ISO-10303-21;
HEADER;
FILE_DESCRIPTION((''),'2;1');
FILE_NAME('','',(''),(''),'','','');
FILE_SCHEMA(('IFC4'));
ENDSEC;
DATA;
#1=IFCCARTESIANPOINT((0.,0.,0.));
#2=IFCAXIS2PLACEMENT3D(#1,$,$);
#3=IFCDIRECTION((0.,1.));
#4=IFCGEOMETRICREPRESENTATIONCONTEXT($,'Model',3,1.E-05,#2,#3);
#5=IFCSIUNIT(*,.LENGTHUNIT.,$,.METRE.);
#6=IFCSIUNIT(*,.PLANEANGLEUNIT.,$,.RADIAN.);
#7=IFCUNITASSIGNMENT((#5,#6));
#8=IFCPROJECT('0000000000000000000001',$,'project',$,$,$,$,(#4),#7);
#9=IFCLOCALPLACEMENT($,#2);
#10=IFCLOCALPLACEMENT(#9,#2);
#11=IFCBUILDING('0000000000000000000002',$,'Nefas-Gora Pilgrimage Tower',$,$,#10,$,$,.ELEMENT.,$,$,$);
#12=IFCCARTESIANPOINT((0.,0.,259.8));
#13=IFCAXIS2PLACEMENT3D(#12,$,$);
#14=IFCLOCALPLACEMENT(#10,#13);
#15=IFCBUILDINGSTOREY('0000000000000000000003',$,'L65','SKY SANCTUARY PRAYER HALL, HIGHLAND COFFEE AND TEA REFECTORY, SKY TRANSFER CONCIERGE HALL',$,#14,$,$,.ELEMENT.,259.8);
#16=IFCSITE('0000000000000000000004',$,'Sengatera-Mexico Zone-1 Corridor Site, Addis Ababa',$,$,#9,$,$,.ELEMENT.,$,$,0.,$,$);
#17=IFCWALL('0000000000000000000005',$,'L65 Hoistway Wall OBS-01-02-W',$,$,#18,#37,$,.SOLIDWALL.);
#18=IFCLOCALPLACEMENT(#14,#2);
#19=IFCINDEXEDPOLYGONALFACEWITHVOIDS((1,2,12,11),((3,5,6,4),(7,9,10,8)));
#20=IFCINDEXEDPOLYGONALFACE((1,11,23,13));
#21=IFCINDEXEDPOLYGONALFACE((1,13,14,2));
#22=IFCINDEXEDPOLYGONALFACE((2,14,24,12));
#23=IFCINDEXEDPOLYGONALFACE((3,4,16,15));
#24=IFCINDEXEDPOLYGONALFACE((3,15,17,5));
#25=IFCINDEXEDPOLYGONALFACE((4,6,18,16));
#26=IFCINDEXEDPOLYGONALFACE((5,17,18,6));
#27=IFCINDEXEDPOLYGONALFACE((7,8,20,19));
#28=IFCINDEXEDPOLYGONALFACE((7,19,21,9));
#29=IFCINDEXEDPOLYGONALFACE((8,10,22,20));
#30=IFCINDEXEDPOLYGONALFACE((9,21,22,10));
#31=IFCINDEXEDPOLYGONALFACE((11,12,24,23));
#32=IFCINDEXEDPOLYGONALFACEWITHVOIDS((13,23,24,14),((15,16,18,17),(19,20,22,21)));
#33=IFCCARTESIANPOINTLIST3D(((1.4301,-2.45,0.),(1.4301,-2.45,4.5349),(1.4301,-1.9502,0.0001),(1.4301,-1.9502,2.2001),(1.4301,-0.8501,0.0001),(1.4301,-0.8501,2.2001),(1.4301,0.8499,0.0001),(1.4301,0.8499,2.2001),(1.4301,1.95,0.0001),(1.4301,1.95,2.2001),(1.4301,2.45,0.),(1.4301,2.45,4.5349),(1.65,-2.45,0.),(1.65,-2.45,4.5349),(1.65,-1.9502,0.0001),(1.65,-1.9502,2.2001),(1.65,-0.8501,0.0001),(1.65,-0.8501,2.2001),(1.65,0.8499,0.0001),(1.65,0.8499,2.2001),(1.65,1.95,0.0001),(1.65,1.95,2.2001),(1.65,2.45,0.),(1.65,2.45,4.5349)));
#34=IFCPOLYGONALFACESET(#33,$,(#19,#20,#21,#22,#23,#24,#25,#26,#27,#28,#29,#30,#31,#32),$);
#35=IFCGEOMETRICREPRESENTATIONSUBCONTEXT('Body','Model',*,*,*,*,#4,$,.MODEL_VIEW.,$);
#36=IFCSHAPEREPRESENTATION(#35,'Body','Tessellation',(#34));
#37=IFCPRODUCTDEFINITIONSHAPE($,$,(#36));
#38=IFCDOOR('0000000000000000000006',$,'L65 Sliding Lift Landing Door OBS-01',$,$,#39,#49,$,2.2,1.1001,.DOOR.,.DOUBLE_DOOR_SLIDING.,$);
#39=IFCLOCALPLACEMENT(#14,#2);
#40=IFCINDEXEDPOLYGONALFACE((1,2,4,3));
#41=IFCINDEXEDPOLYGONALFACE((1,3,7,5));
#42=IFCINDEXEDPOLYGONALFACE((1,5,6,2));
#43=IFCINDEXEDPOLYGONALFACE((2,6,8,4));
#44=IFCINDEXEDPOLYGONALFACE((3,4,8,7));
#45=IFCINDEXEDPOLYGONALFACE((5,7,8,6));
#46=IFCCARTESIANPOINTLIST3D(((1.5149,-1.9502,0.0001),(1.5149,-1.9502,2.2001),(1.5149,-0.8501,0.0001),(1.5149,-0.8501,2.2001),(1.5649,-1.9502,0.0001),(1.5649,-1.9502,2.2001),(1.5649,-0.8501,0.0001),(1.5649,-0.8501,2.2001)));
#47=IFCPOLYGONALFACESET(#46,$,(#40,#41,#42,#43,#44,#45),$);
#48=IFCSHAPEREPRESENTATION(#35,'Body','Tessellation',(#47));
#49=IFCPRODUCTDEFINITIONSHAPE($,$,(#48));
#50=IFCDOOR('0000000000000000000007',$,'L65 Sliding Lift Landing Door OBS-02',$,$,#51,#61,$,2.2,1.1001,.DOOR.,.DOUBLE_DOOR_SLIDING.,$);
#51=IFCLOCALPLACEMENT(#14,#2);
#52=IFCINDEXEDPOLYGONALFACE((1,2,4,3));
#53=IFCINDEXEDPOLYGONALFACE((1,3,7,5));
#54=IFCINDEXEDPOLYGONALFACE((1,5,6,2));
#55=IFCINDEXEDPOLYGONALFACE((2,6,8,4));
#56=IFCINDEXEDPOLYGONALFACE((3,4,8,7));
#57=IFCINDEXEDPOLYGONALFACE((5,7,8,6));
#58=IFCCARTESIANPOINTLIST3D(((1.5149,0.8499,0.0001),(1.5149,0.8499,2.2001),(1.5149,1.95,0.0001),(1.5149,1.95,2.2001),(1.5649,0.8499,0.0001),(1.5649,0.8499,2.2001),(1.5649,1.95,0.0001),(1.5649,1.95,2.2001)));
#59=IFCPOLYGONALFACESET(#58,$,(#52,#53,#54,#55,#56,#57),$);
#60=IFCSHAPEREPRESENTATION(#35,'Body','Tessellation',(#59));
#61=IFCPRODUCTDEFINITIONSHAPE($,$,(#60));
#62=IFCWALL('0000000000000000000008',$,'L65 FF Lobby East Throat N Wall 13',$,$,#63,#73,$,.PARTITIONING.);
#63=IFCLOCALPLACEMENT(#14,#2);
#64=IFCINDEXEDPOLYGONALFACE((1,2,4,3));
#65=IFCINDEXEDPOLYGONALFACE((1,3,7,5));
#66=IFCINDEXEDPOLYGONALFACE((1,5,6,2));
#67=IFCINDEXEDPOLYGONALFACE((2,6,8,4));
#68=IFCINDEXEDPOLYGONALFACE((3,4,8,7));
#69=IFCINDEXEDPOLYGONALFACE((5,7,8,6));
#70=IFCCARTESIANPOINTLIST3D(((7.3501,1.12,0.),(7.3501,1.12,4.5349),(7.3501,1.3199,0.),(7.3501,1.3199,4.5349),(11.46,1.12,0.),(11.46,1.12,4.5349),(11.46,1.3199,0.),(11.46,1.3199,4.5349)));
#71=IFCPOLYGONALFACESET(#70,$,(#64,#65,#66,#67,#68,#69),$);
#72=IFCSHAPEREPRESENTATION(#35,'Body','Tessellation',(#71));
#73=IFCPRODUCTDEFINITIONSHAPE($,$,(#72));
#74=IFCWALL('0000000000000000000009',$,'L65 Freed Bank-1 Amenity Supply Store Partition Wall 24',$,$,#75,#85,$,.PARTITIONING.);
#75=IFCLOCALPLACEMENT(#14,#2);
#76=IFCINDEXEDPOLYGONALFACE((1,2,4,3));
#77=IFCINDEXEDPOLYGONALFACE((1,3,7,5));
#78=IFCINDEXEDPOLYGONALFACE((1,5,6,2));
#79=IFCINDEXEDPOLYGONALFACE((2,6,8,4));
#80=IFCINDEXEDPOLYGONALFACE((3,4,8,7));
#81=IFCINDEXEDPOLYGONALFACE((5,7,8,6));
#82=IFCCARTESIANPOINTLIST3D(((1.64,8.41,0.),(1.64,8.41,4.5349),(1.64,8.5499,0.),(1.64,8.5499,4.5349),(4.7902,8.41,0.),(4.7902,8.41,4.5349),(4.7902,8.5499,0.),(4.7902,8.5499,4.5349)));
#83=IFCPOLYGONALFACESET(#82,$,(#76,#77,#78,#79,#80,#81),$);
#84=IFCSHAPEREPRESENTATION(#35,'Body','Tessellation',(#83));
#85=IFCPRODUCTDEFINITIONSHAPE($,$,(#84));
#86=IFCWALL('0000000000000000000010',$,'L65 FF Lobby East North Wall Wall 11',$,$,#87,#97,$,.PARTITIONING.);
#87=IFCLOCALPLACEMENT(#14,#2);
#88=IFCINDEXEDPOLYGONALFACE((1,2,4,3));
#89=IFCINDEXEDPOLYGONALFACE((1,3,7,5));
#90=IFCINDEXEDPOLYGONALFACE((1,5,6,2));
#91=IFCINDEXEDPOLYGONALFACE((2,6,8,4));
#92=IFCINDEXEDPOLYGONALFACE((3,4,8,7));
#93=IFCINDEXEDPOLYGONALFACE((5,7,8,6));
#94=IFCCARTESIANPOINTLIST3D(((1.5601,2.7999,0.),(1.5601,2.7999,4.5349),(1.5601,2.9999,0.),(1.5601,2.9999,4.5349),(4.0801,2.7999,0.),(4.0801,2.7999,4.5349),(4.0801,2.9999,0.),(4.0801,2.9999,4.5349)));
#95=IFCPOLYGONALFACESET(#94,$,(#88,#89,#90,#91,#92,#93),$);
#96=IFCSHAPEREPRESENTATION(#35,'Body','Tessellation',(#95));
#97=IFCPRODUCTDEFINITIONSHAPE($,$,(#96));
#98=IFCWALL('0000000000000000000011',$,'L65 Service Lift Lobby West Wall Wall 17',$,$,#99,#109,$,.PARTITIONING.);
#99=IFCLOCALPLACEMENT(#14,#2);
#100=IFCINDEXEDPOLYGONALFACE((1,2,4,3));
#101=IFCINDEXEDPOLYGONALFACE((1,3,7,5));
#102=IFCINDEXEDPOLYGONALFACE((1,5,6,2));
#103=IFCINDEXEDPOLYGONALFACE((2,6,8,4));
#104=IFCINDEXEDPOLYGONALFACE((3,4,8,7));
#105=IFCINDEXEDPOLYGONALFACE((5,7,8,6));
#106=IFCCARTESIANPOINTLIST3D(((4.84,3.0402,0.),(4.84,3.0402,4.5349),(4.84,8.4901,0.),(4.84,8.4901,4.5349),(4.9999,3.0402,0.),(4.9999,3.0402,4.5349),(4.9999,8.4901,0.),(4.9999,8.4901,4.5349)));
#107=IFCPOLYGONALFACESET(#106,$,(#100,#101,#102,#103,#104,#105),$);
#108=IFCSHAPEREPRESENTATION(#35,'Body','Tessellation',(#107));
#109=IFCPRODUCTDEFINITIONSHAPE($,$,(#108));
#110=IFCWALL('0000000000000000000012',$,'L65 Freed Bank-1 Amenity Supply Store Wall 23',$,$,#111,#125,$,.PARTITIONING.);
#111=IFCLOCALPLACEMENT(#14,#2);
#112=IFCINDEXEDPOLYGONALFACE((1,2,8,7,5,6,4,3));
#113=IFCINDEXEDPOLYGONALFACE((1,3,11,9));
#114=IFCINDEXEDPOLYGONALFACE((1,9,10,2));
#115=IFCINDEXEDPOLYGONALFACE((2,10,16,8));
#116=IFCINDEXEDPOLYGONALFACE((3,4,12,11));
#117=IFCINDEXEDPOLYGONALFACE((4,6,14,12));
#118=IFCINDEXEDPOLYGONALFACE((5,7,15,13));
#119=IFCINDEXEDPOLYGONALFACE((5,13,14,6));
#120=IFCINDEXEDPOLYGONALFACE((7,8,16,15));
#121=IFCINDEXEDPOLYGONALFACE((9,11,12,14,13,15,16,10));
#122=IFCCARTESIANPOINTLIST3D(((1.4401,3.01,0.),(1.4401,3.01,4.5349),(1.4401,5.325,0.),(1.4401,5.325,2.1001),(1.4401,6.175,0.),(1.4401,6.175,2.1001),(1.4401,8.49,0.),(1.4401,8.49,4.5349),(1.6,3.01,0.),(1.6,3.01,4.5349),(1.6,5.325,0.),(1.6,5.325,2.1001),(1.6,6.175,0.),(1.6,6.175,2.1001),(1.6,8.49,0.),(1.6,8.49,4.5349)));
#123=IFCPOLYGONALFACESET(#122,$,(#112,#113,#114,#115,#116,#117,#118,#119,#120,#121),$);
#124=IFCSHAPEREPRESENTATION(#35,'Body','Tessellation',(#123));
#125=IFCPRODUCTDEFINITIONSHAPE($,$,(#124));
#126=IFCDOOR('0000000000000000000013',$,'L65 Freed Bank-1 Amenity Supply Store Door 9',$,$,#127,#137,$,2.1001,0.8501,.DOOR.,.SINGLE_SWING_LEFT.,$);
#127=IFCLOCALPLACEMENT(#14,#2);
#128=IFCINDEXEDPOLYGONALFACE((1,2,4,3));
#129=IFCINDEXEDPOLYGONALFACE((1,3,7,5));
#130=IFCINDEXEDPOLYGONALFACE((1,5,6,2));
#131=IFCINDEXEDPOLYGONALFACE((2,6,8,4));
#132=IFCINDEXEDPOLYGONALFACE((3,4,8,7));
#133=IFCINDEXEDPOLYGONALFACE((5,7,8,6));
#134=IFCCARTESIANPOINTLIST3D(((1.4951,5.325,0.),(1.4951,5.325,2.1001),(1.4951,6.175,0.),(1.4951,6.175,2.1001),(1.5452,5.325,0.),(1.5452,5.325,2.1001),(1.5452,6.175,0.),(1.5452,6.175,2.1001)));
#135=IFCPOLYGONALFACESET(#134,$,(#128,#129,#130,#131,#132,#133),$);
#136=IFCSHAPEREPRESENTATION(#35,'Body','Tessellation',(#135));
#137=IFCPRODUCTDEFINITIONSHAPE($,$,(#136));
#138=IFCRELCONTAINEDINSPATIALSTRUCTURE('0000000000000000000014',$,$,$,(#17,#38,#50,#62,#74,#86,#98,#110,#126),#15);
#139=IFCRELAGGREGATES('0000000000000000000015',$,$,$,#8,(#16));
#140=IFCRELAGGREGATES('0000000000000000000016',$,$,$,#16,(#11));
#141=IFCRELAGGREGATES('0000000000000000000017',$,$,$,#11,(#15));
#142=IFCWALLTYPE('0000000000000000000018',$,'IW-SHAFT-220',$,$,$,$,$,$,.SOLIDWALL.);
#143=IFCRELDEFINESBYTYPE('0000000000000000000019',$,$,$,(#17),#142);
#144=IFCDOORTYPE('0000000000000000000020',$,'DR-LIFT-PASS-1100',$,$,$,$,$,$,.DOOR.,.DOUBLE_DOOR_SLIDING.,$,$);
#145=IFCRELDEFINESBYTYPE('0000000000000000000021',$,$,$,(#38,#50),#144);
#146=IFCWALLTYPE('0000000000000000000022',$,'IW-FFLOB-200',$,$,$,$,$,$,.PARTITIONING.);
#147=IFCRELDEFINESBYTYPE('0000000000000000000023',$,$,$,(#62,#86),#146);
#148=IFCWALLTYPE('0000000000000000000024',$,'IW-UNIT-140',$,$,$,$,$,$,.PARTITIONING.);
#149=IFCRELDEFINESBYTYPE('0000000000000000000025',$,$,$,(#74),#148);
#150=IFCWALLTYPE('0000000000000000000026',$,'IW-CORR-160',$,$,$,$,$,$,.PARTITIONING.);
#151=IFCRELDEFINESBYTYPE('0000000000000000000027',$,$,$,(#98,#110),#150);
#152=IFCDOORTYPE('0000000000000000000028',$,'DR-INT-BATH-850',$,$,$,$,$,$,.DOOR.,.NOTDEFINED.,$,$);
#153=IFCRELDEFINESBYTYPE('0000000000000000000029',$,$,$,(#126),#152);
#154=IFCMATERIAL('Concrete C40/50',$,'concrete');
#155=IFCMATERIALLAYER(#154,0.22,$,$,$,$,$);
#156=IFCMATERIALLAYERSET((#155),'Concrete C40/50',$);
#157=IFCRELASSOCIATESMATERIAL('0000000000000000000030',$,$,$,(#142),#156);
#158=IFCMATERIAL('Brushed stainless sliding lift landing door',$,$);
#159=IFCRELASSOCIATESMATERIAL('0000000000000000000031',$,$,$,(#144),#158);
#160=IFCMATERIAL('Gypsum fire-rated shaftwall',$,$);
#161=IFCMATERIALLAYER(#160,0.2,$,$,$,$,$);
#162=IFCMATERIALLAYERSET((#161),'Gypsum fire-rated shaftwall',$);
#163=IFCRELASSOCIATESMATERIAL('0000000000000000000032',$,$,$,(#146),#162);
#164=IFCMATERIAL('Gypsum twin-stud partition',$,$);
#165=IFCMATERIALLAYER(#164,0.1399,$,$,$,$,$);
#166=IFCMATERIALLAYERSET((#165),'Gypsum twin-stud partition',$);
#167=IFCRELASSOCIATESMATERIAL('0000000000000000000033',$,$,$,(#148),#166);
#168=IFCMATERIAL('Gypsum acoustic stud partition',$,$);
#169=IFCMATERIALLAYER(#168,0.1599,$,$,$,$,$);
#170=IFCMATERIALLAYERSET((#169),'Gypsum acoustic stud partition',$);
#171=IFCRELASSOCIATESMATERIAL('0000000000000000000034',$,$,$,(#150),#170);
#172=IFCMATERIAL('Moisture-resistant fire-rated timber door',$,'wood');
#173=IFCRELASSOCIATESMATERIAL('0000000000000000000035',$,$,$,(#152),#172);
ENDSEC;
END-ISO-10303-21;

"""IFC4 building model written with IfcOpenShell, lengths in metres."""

from ifc_helpers import new_model, si_unit, direction, frame, frame_2d, origin, place, context, subcontext, project, spatial, rectangle, extrude, source, transform, mapped, material, layer, layer_set, type_object, element, fill, save


model = new_model("IFC4")

# Units and contexts
model_context = context("Model", 3, precision=1e-05, world=origin(), true_north=direction((0.0, 1.0)))
body_context = subcontext(model_context, "Body", "Model", "MODEL_VIEW")
ifc_project = project(units=[si_unit("LENGTHUNIT", "METRE"), si_unit("PLANEANGLEUNIT", "RADIAN")], contexts=[model_context])

# Site, building, storey
site_placement = place(None, origin())
site = spatial("IfcSite", under=ifc_project, at=site_placement, Name="Sengatera-Mexico Zone-1 Corridor Site, Addis Ababa", CompositionType="ELEMENT", RefElevation=0.0)
building_placement = place(site_placement, origin())
building = spatial("IfcBuilding", under=site, at=building_placement, Name="Nefas-Gora Pilgrimage Tower", CompositionType="ELEMENT")
storey_placement = place(building_placement, frame((0.0, 0.0, 259.8)))
storey = spatial("IfcBuildingStorey", under=building, at=storey_placement, Name="L65", Description="SKY SANCTUARY PRAYER HALL, HIGHLAND COFFEE AND TEA REFECTORY, SKY TRANSFER CONCIERGE HALL", CompositionType="ELEMENT", Elevation=259.8)

# Shared definitions
ifc_material_1 = material(Name="Concrete C40/50", Category="concrete")

# Shared definitions
ifc_layer_1 = layer(ifc_material_1, 0.22)
ifc_layer_set_1 = layer_set([ifc_layer_1], Name="Concrete C40/50")
wall_type_1 = type_object("IfcWallType", Name="IW-SHAFT-220", PredefinedType="SOLIDWALL", material=ifc_layer_set_1)

# Wall, openings, doors
shared_shape_1 = source(origin(), body_context, "Body", "SweptSolid", [
    extrude(rectangle(XDim=4.8999, YDim=0.22, at=frame_2d((2.45, 0.0))), origin(), (0.0, 0.0, 1.0), 4.5349),
])
wall_1_placement = place(storey_placement, frame((1.54, 2.45, 0.0), z_axis=(0.0, 0.0, 1.0), x_axis=(0.0, -1.0, 0.0)))
wall_1 = element("IfcWall", 1, at=wall_1_placement, inside=storey, type_object=wall_type_1, Name="L65 Hoistway Wall OBS-01-02-W", PredefinedType="SOLIDWALL", context=body_context, shape_type="MappedRepresentation", body=[
    mapped(shared_shape_1, transform((0.0, 0.0, 0.0), x_axis=(1.0, 0.0, 0.0), y_axis=(0.0, 1.0, 0.0), z_axis=(0.0, 0.0, 1.0), scale=1.0)),
])
opening_1_placement = place(wall_1_placement, frame((3.3, 0.0, 0.0)))
opening_1 = element("IfcOpeningElement", 2, at=opening_1_placement, cuts=wall_1, PredefinedType="OPENING", context=body_context, shape_type="SweptSolid", body=[
    extrude(rectangle(XDim=1.1001, YDim=2.2, at=frame_2d((0.55, 1.1001))), frame((0.0, 0.1199, 0.0), z_axis=(0.0, -1.0, 0.0), x_axis=(1.0, 0.0, 0.0)), (0.0, 0.0, 1.0), 0.24),
])
opening_2_placement = place(wall_1_placement, frame((0.5, 0.0, 0.0)))
opening_2 = element("IfcOpeningElement", 3, at=opening_2_placement, cuts=wall_1, PredefinedType="OPENING", context=body_context, shape_type="SweptSolid", body=[
    extrude(rectangle(XDim=1.1001, YDim=2.2, at=frame_2d((0.55, 1.1001))), frame((0.0, 0.1199, 0.0), z_axis=(0.0, -1.0, 0.0), x_axis=(1.0, 0.0, 0.0)), (0.0, 0.0, 1.0), 0.24),
])
ifc_material_2 = material(Name="Brushed stainless sliding lift landing door")
door_type_1 = type_object("IfcDoorType", Name="DR-LIFT-PASS-1100", OperationType="DOUBLE_DOOR_SLIDING", PredefinedType="DOOR", material=ifc_material_2)
shared_shape_2 = source(origin(), body_context, "Body", "SweptSolid", [
    extrude(rectangle(XDim=1.1001, YDim=2.2, at=frame_2d((0.55, 1.1001))), frame((0.0, 0.0249, 0.0), z_axis=(0.0, -1.0, 0.0), x_axis=(1.0, 0.0, 0.0)), (0.0, 0.0, 1.0), 0.05),
])
door_1_placement = place(opening_1_placement, origin())
door_1 = element("IfcDoor", 4, at=door_1_placement, inside=storey, type_object=door_type_1, Name="L65 Sliding Lift Landing Door OBS-01", OperationType="DOUBLE_DOOR_SLIDING", OverallHeight=2.2, OverallWidth=1.1001, PredefinedType="DOOR", context=body_context, shape_type="MappedRepresentation", body=[
    mapped(shared_shape_2, transform((0.0, 0.0, 0.0), x_axis=(1.0, 0.0, 0.0), y_axis=(0.0, 1.0, 0.0), z_axis=(0.0, 0.0, 1.0), scale=1.0)),
])
fill(opening_1, door_1)
door_2_placement = place(opening_2_placement, origin())
door_2 = element("IfcDoor", 5, at=door_2_placement, inside=storey, type_object=door_type_1, Name="L65 Sliding Lift Landing Door OBS-02", OperationType="DOUBLE_DOOR_SLIDING", OverallHeight=2.2, OverallWidth=1.1001, PredefinedType="DOOR", context=body_context, shape_type="MappedRepresentation", body=[
    mapped(shared_shape_2, transform((0.0, 0.0, 0.0), x_axis=(1.0, 0.0, 0.0), y_axis=(0.0, 1.0, 0.0), z_axis=(0.0, 0.0, 1.0), scale=1.0)),
])
fill(opening_2, door_2)

# Shared definitions
ifc_material_3 = material(Name="Gypsum fire-rated shaftwall")
ifc_layer_2 = layer(ifc_material_3, 0.2)
ifc_layer_set_2 = layer_set([ifc_layer_2], Name="Gypsum fire-rated shaftwall")
wall_type_2 = type_object("IfcWallType", Name="IW-FFLOB-200", PredefinedType="PARTITIONING", material=ifc_layer_set_2)

# Walls
shared_shape_3 = source(origin(), body_context, "Body", "SweptSolid", [
    extrude(rectangle(XDim=4.1099, YDim=0.2, at=frame_2d((2.0549, 0.0))), origin(), (0.0, 0.0, 1.0), 4.5349),
])
wall_2_placement = place(storey_placement, frame((7.3501, 1.22, 0.0), z_axis=(0.0, 0.0, 1.0), x_axis=(1.0, 0.0, 0.0)))
element("IfcWall", 6, at=wall_2_placement, inside=storey, type_object=wall_type_2, Name="L65 FF Lobby East Throat N Wall 13", PredefinedType="PARTITIONING", context=body_context, shape_type="MappedRepresentation", body=[
    mapped(shared_shape_3, transform((0.0, 0.0, 0.0), x_axis=(1.0, 0.0, 0.0), y_axis=(0.0, 1.0, 0.0), z_axis=(0.0, 0.0, 1.0), scale=1.0)),
])
ifc_material_4 = material(Name="Gypsum twin-stud partition")
ifc_layer_3 = layer(ifc_material_4, 0.1399)
ifc_layer_set_3 = layer_set([ifc_layer_3], Name="Gypsum twin-stud partition")
wall_type_3 = type_object("IfcWallType", Name="IW-UNIT-140", PredefinedType="PARTITIONING", material=ifc_layer_set_3)
shared_shape_4 = source(origin(), body_context, "Body", "SweptSolid", [
    extrude(rectangle(XDim=3.1501, YDim=0.1399, at=frame_2d((1.5752, 0.0))), origin(), (0.0, 0.0, 1.0), 4.5349),
])
wall_3_placement = place(storey_placement, frame((1.6399, 8.48, 0.0), z_axis=(0.0, 0.0, 1.0), x_axis=(1.0, 0.0, 0.0)))
element("IfcWall", 7, at=wall_3_placement, inside=storey, type_object=wall_type_3, Name="L65 Freed Bank-1 Amenity Supply Store Partition Wall 24", PredefinedType="PARTITIONING", context=body_context, shape_type="MappedRepresentation", body=[
    mapped(shared_shape_4, transform((0.0, 0.0, 0.0), x_axis=(1.0, 0.0, 0.0), y_axis=(0.0, 1.0, 0.0), z_axis=(0.0, 0.0, 1.0), scale=1.0)),
])
shared_shape_5 = source(origin(), body_context, "Body", "SweptSolid", [
    extrude(rectangle(XDim=2.52, YDim=0.2, at=frame_2d((1.26, 0.0))), origin(), (0.0, 0.0, 1.0), 4.5349),
])
wall_4_placement = place(storey_placement, frame((1.5601, 2.8999, 0.0), z_axis=(0.0, 0.0, 1.0), x_axis=(1.0, 0.0, 0.0)))
element("IfcWall", 8, at=wall_4_placement, inside=storey, type_object=wall_type_2, Name="L65 FF Lobby East North Wall Wall 11", PredefinedType="PARTITIONING", context=body_context, shape_type="MappedRepresentation", body=[
    mapped(shared_shape_5, transform((0.0, 0.0, 0.0), x_axis=(1.0, 0.0, 0.0), y_axis=(0.0, 1.0, 0.0), z_axis=(0.0, 0.0, 1.0), scale=1.0)),
])
ifc_material_5 = material(Name="Gypsum acoustic stud partition")
ifc_layer_4 = layer(ifc_material_5, 0.1599)
ifc_layer_set_4 = layer_set([ifc_layer_4], Name="Gypsum acoustic stud partition")
wall_type_4 = type_object("IfcWallType", Name="IW-CORR-160", PredefinedType="PARTITIONING", material=ifc_layer_set_4)
shared_shape_6 = source(origin(), body_context, "Body", "SweptSolid", [
    extrude(rectangle(XDim=5.45, YDim=0.1599, at=frame_2d((2.7251, 0.0))), origin(), (0.0, 0.0, 1.0), 4.5349),
])
wall_5_placement = place(storey_placement, frame((4.9199, 3.04, 0.0), z_axis=(0.0, 0.0, 1.0), x_axis=(0.0, 1.0, 0.0)))
element("IfcWall", 9, at=wall_5_placement, inside=storey, type_object=wall_type_4, Name="L65 Service Lift Lobby West Wall Wall 17", PredefinedType="PARTITIONING", context=body_context, shape_type="MappedRepresentation", body=[
    mapped(shared_shape_6, transform((0.0, 0.0, 0.0), x_axis=(1.0, 0.0, 0.0), y_axis=(0.0, 1.0, 0.0), z_axis=(0.0, 0.0, 1.0), scale=1.0)),
])

# Wall, opening, door
shared_shape_7 = source(origin(), body_context, "Body", "SweptSolid", [
    extrude(rectangle(XDim=5.48, YDim=0.1599, at=frame_2d((2.74, 0.0))), origin(), (0.0, 0.0, 1.0), 4.5349),
])
wall_6_placement = place(storey_placement, frame((1.52, 3.01, 0.0), z_axis=(0.0, 0.0, 1.0), x_axis=(0.0, 1.0, 0.0)))
wall_6 = element("IfcWall", 10, at=wall_6_placement, inside=storey, type_object=wall_type_4, Name="L65 Freed Bank-1 Amenity Supply Store Wall 23", PredefinedType="PARTITIONING", context=body_context, shape_type="MappedRepresentation", body=[
    mapped(shared_shape_7, transform((0.0, 0.0, 0.0), x_axis=(1.0, 0.0, 0.0), y_axis=(0.0, 1.0, 0.0), z_axis=(0.0, 0.0, 1.0), scale=1.0)),
])
opening_3_placement = place(wall_6_placement, frame((2.3149, 0.0, 0.0)))
opening_3 = element("IfcOpeningElement", 11, at=opening_3_placement, cuts=wall_6, PredefinedType="OPENING", context=body_context, shape_type="SweptSolid", body=[
    extrude(rectangle(XDim=0.8501, YDim=2.1001, at=frame_2d((0.425, 1.05))), frame((0.0, 0.0898, 0.0), z_axis=(0.0, -1.0, 0.0), x_axis=(1.0, 0.0, 0.0)), (0.0, 0.0, 1.0), 0.1799),
])
ifc_material_6 = material(Name="Moisture-resistant fire-rated timber door", Category="wood")
door_type_2 = type_object("IfcDoorType", Name="DR-INT-BATH-850", OperationType="NOTDEFINED", PredefinedType="DOOR", material=ifc_material_6)
shared_shape_8 = source(origin(), body_context, "Body", "SweptSolid", [
    extrude(rectangle(XDim=0.8501, YDim=2.1001, at=frame_2d((0.425, 1.05))), frame((0.0, 0.0249, 0.0), z_axis=(0.0, -1.0, 0.0), x_axis=(1.0, 0.0, 0.0)), (0.0, 0.0, 1.0), 0.05),
])
door_3_placement = place(opening_3_placement, origin())
door_3 = element("IfcDoor", 12, at=door_3_placement, inside=storey, type_object=door_type_2, Name="L65 Freed Bank-1 Amenity Supply Store Door 9", OperationType="SINGLE_SWING_LEFT", OverallHeight=2.1001, OverallWidth=0.8501, PredefinedType="DOOR", context=body_context, shape_type="MappedRepresentation", body=[
    mapped(shared_shape_8, transform((0.0, 0.0, 0.0), x_axis=(1.0, 0.0, 0.0), y_axis=(0.0, 1.0, 0.0), z_axis=(0.0, 0.0, 1.0), scale=1.0)),
])
fill(opening_3, door_3)

save(model, "model.ifc")
